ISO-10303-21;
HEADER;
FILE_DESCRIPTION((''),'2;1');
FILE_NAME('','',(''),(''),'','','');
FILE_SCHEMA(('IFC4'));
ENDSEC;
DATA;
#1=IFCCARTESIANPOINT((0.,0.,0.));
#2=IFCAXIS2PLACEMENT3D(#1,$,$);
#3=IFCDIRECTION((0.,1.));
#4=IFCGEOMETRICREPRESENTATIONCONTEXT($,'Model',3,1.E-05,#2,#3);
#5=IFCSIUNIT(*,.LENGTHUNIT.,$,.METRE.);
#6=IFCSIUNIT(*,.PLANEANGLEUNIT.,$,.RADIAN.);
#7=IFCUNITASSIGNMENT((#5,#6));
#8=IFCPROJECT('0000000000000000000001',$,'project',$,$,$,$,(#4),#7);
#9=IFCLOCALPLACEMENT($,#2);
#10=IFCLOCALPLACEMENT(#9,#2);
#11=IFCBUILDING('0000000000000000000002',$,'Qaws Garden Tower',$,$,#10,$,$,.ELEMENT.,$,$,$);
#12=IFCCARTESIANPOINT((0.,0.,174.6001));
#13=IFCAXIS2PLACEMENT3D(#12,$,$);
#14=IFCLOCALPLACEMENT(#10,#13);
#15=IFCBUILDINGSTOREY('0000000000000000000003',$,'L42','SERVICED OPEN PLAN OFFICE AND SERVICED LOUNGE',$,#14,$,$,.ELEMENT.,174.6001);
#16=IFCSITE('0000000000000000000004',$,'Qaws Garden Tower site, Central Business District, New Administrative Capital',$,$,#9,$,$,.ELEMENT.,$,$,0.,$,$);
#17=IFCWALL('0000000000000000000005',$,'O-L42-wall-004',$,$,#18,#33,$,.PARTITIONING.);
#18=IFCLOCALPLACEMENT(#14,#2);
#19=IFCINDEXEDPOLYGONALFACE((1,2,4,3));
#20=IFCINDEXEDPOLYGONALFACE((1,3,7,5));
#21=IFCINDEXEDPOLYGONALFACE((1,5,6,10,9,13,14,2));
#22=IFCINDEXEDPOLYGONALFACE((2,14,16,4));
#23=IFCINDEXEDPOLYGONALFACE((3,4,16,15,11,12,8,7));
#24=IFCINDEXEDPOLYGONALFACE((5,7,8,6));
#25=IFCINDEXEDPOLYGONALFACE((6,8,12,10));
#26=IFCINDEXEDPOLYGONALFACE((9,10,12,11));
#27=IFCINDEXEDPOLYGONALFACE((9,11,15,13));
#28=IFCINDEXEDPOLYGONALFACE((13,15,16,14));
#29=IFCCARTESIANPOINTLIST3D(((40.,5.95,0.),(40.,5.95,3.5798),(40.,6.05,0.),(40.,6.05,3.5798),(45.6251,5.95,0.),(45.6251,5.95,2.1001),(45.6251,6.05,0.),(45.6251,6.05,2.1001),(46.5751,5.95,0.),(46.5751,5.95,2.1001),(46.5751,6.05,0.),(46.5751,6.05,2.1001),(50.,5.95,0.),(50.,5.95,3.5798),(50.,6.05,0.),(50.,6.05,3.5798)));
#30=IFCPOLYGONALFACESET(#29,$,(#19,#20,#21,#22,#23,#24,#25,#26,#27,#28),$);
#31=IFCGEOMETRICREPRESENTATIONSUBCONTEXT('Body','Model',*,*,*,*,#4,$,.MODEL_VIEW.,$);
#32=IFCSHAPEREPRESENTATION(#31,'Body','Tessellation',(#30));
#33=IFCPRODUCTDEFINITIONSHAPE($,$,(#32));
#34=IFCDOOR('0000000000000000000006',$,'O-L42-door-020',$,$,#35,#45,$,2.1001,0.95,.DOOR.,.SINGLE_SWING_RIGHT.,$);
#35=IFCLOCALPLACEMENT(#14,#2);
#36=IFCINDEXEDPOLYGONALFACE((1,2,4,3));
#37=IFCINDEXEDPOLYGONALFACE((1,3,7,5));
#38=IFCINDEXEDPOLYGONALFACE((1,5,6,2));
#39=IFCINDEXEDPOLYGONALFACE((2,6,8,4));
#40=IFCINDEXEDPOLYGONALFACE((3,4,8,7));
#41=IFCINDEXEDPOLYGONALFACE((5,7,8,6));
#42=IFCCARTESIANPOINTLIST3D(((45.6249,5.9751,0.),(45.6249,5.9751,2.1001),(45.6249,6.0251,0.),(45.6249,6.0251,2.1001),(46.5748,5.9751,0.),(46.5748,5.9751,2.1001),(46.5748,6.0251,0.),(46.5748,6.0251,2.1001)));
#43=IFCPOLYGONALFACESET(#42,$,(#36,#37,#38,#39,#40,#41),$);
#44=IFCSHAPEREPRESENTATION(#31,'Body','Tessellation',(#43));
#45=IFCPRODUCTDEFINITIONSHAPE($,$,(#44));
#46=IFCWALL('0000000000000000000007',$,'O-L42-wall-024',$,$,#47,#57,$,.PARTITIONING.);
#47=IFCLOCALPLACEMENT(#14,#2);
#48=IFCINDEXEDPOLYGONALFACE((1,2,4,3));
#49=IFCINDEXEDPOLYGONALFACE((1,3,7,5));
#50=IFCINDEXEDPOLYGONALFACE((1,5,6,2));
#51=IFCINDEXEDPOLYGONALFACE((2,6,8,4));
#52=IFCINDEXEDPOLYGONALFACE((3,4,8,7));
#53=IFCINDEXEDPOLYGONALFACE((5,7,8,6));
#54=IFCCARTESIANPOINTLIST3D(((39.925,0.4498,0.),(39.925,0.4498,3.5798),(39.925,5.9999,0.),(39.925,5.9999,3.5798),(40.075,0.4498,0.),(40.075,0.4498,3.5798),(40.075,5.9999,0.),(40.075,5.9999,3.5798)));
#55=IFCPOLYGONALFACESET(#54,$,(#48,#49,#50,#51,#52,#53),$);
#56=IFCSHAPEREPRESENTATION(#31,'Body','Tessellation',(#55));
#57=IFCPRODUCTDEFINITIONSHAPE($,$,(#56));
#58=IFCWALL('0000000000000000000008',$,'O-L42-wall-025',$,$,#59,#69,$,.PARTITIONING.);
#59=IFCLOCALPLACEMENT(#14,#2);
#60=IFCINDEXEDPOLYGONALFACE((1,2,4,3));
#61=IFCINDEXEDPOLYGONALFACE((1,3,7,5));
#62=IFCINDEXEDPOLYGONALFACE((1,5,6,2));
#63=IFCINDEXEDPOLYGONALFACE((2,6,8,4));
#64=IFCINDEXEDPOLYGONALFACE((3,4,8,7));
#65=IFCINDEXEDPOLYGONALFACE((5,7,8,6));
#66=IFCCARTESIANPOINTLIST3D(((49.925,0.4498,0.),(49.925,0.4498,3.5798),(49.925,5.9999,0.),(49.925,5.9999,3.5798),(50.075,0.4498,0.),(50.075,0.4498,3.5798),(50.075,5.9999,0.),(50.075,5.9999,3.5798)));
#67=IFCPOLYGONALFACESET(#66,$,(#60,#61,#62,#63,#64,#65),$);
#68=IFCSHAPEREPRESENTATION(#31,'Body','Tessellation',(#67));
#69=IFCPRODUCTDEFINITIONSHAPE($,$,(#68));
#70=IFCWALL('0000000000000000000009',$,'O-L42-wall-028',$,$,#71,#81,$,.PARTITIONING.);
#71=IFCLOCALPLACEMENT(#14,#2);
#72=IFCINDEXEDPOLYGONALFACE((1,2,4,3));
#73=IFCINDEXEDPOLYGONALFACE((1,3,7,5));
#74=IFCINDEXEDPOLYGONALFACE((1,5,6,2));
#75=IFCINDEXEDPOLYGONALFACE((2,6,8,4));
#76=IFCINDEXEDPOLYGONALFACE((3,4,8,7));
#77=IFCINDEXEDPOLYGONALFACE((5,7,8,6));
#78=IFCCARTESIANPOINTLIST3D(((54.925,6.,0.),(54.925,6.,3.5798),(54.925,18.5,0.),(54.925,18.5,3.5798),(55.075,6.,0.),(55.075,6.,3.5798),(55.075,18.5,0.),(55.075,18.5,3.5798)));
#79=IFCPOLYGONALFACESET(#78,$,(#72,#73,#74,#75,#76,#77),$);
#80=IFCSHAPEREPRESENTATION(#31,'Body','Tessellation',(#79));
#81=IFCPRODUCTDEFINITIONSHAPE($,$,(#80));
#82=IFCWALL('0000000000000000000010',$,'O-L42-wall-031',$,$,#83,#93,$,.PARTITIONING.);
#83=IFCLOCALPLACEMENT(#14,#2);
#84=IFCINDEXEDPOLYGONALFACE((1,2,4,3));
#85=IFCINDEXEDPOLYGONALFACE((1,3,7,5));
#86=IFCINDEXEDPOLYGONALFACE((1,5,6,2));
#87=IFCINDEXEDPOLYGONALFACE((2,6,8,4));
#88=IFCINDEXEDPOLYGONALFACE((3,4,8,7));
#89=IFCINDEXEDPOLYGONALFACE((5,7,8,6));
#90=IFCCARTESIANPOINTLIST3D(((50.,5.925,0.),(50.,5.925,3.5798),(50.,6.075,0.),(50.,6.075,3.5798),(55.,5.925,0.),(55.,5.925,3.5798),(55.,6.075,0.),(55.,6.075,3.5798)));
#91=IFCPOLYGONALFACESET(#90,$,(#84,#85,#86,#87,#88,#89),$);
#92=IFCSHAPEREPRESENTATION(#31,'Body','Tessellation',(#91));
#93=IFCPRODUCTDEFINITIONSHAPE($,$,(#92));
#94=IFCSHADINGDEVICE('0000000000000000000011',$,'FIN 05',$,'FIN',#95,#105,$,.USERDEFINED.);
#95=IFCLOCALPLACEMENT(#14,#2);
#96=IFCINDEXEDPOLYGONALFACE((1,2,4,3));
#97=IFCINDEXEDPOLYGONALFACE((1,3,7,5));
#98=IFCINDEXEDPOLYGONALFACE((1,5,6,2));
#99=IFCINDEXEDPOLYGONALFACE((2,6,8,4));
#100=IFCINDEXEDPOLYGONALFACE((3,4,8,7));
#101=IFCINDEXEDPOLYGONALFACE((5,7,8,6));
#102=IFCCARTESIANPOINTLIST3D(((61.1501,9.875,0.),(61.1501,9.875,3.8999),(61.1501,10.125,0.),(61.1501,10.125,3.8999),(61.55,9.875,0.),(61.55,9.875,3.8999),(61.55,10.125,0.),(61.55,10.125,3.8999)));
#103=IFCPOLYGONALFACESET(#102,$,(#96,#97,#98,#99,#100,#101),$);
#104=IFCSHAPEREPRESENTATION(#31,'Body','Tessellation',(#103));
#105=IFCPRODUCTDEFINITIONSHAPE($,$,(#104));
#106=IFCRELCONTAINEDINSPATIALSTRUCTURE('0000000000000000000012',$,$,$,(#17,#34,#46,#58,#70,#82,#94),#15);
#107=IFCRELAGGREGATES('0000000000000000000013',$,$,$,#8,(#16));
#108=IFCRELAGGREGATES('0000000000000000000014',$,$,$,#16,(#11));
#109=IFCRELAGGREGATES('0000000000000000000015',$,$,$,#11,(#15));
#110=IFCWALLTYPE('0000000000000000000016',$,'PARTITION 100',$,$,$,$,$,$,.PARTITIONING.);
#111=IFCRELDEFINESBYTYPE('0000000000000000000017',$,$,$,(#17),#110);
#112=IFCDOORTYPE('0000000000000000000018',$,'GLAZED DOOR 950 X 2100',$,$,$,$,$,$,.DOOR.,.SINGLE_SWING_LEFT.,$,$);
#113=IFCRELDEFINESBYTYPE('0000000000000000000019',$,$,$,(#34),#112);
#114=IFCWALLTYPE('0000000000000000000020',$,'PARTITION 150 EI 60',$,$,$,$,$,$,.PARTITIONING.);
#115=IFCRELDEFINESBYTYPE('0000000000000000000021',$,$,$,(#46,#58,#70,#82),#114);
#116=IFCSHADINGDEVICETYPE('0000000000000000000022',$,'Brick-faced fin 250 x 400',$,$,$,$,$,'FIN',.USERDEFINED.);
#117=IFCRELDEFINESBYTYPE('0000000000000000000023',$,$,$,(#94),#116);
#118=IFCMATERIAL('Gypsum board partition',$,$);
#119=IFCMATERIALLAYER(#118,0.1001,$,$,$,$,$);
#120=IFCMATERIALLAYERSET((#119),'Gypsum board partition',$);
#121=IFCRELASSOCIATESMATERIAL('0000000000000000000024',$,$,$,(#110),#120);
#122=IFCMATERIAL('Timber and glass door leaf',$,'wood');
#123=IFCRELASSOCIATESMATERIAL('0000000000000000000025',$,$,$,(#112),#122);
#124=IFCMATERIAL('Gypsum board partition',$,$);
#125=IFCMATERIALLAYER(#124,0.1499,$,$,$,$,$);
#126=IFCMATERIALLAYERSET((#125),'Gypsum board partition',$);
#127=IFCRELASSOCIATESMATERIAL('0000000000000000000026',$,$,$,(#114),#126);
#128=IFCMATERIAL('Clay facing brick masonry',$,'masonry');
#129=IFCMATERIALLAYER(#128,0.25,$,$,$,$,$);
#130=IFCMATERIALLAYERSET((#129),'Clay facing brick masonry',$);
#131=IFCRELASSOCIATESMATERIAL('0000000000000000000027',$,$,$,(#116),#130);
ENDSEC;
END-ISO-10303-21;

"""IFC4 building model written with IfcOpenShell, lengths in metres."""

from ifc_helpers import new_model, si_unit, direction, frame, frame_2d, origin, origin_2d, place, context, subcontext, project, spatial, rectangle, extrude, material, layer, layer_set, type_object, element, fill, save


model = new_model("IFC4")

# Units and contexts
model_context = context("Model", 3, precision=1e-05, world=origin(), true_north=direction((0.0, 1.0)))
body_context = subcontext(model_context, "Body", "Model", "MODEL_VIEW")
ifc_project = project(units=[si_unit("LENGTHUNIT", "METRE"), si_unit("PLANEANGLEUNIT", "RADIAN")], contexts=[model_context])

# Site, building, storey
site_placement = place(None, origin())
site = spatial("IfcSite", under=ifc_project, at=site_placement, Name="Qaws Garden Tower site, Central Business District, New Administrative Capital", CompositionType="ELEMENT", RefElevation=0.0)
building_placement = place(site_placement, origin())
building = spatial("IfcBuilding", under=site, at=building_placement, Name="Qaws Garden Tower", CompositionType="ELEMENT")
storey_placement = place(building_placement, frame((0.0, 0.0, 174.6001)))
storey = spatial("IfcBuildingStorey", under=building, at=storey_placement, Name="L42", Description="SERVICED OPEN PLAN OFFICE AND SERVICED LOUNGE", CompositionType="ELEMENT", Elevation=174.6001)

# Wall, opening, door
ifc_material_1 = material(Name="Gypsum board partition")
ifc_layer_1 = layer(ifc_material_1, 0.1001)
ifc_layer_set_1 = layer_set([ifc_layer_1], Name="Gypsum board partition")
wall_type_1 = type_object("IfcWallType", Name="PARTITION 100", PredefinedType="PARTITIONING", material=ifc_layer_set_1)
wall_1_placement = place(storey_placement, frame((40.0, 6.0, 0.0), z_axis=(0.0, 0.0, 1.0), x_axis=(1.0, 0.0, 0.0)))
wall_1 = element("IfcWall", 1, at=wall_1_placement, inside=storey, type_object=wall_type_1, Name="O-L42-wall-004", PredefinedType="PARTITIONING", context=body_context, shape_type="SweptSolid", body=[
    extrude(rectangle(XDim=10.0, YDim=0.1001, at=frame_2d((5.0, 0.0))), origin(), (0.0, 0.0, 1.0), 3.5798),
])
opening_1_placement = place(wall_1_placement, frame((5.625, 0.0, 0.0)))
opening_1 = element("IfcOpeningElement", 2, at=opening_1_placement, cuts=wall_1, PredefinedType="OPENING", context=body_context, shape_type="SweptSolid", body=[
    extrude(rectangle(XDim=0.95, YDim=2.1001, at=frame_2d((0.4751, 1.05))), frame((0.0, 0.0601, 0.0), z_axis=(0.0, -1.0, 0.0), x_axis=(1.0, 0.0, 0.0)), (0.0, 0.0, 1.0), 0.1201),
])
ifc_material_2 = material(Name="Timber and glass door leaf", Category="wood")
door_type = type_object("IfcDoorType", Name="GLAZED DOOR 950 X 2100", OperationType="SINGLE_SWING_LEFT", PredefinedType="DOOR", material=ifc_material_2)
door_placement = place(opening_1_placement, frame((0.95, 0.0, 0.0), z_axis=(0.0, 0.0, 1.0), x_axis=(-1.0, 0.0, 0.0)))
door = element("IfcDoor", 3, at=door_placement, inside=storey, type_object=door_type, Name="O-L42-door-020", OperationType="SINGLE_SWING_RIGHT", OverallHeight=2.1001, OverallWidth=0.95, PredefinedType="DOOR", context=body_context, shape_type="SweptSolid", body=[
    extrude(rectangle(XDim=0.95, YDim=2.1001, at=frame_2d((0.4751, 1.05))), frame((0.0, 0.0249, 0.0), z_axis=(0.0, -1.0, 0.0), x_axis=(1.0, 0.0, 0.0)), (0.0, 0.0, 1.0), 0.05),
])
fill(opening_1, door)

# Walls
ifc_material_3 = material(Name="Gypsum board partition")
ifc_layer_2 = layer(ifc_material_3, 0.1499)
ifc_layer_set_2 = layer_set([ifc_layer_2], Name="Gypsum board partition")
wall_type_2 = type_object("IfcWallType", Name="PARTITION 150 EI 60", PredefinedType="PARTITIONING", material=ifc_layer_set_2)
for number, where, z_axis, x_axis, name in (
    (4, (40.0, 0.45, 0.0), (0.0, 0.0, 1.0), (0.0, 1.0, 0.0), "O-L42-wall-024"),
    (5, (50.0, 0.45, 0.0), (0.0, 0.0, 1.0), (0.0, 1.0, 0.0), "O-L42-wall-025"),
):
    element("IfcWall", number, at=place(storey_placement, frame(where, z_axis=z_axis, x_axis=x_axis)), inside=storey, type_object=wall_type_2, Name=name, PredefinedType="PARTITIONING", context=body_context, shape_type="SweptSolid", body=[
        extrude(rectangle(XDim=5.55, YDim=0.1499, at=frame_2d((2.7749, 0.0))), origin(), (0.0, 0.0, 1.0), 3.5798),
    ])
wall_2_placement = place(storey_placement, frame((55.0, 6.0, 0.0), z_axis=(0.0, 0.0, 1.0), x_axis=(0.0, 1.0, 0.0)))
element("IfcWall", 6, at=wall_2_placement, inside=storey, type_object=wall_type_2, Name="O-L42-wall-028", PredefinedType="PARTITIONING", context=body_context, shape_type="SweptSolid", body=[
    extrude(rectangle(XDim=12.5, YDim=0.1499, at=frame_2d((6.25, 0.0))), origin(), (0.0, 0.0, 1.0), 3.5798),
])
wall_3_placement = place(storey_placement, frame((50.0, 6.0, 0.0), z_axis=(0.0, 0.0, 1.0), x_axis=(1.0, 0.0, 0.0)))
element("IfcWall", 7, at=wall_3_placement, inside=storey, type_object=wall_type_2, Name="O-L42-wall-031", PredefinedType="PARTITIONING", context=body_context, shape_type="SweptSolid", body=[
    extrude(rectangle(XDim=5.0, YDim=0.1499, at=frame_2d((2.5, 0.0))), origin(), (0.0, 0.0, 1.0), 3.5798),
])

# Shading device
ifc_material_4 = material(Name="Clay facing brick masonry", Category="masonry")
ifc_layer_3 = layer(ifc_material_4, 0.25)
ifc_layer_set_3 = layer_set([ifc_layer_3], Name="Clay facing brick masonry")
shading_device_type = type_object("IfcShadingDeviceType", Name="Brick-faced fin 250 x 400", ElementType="FIN", PredefinedType="USERDEFINED", material=ifc_layer_set_3)
shading_device_placement = place(storey_placement, frame((61.3501, 10.0, 0.0), z_axis=(0.0, 0.0, 1.0), x_axis=(0.0, 1.0, 0.0)))
element("IfcShadingDevice", 8, at=shading_device_placement, inside=storey, type_object=shading_device_type, Name="FIN 05", ObjectType="FIN", PredefinedType="USERDEFINED", context=body_context, shape_type="SweptSolid", body=[
    extrude(rectangle(XDim=0.25, YDim=0.3999, at=origin_2d()), origin(), (0.0, 0.0, 1.0), 3.8999),
])

save(model, "model.ifc")
